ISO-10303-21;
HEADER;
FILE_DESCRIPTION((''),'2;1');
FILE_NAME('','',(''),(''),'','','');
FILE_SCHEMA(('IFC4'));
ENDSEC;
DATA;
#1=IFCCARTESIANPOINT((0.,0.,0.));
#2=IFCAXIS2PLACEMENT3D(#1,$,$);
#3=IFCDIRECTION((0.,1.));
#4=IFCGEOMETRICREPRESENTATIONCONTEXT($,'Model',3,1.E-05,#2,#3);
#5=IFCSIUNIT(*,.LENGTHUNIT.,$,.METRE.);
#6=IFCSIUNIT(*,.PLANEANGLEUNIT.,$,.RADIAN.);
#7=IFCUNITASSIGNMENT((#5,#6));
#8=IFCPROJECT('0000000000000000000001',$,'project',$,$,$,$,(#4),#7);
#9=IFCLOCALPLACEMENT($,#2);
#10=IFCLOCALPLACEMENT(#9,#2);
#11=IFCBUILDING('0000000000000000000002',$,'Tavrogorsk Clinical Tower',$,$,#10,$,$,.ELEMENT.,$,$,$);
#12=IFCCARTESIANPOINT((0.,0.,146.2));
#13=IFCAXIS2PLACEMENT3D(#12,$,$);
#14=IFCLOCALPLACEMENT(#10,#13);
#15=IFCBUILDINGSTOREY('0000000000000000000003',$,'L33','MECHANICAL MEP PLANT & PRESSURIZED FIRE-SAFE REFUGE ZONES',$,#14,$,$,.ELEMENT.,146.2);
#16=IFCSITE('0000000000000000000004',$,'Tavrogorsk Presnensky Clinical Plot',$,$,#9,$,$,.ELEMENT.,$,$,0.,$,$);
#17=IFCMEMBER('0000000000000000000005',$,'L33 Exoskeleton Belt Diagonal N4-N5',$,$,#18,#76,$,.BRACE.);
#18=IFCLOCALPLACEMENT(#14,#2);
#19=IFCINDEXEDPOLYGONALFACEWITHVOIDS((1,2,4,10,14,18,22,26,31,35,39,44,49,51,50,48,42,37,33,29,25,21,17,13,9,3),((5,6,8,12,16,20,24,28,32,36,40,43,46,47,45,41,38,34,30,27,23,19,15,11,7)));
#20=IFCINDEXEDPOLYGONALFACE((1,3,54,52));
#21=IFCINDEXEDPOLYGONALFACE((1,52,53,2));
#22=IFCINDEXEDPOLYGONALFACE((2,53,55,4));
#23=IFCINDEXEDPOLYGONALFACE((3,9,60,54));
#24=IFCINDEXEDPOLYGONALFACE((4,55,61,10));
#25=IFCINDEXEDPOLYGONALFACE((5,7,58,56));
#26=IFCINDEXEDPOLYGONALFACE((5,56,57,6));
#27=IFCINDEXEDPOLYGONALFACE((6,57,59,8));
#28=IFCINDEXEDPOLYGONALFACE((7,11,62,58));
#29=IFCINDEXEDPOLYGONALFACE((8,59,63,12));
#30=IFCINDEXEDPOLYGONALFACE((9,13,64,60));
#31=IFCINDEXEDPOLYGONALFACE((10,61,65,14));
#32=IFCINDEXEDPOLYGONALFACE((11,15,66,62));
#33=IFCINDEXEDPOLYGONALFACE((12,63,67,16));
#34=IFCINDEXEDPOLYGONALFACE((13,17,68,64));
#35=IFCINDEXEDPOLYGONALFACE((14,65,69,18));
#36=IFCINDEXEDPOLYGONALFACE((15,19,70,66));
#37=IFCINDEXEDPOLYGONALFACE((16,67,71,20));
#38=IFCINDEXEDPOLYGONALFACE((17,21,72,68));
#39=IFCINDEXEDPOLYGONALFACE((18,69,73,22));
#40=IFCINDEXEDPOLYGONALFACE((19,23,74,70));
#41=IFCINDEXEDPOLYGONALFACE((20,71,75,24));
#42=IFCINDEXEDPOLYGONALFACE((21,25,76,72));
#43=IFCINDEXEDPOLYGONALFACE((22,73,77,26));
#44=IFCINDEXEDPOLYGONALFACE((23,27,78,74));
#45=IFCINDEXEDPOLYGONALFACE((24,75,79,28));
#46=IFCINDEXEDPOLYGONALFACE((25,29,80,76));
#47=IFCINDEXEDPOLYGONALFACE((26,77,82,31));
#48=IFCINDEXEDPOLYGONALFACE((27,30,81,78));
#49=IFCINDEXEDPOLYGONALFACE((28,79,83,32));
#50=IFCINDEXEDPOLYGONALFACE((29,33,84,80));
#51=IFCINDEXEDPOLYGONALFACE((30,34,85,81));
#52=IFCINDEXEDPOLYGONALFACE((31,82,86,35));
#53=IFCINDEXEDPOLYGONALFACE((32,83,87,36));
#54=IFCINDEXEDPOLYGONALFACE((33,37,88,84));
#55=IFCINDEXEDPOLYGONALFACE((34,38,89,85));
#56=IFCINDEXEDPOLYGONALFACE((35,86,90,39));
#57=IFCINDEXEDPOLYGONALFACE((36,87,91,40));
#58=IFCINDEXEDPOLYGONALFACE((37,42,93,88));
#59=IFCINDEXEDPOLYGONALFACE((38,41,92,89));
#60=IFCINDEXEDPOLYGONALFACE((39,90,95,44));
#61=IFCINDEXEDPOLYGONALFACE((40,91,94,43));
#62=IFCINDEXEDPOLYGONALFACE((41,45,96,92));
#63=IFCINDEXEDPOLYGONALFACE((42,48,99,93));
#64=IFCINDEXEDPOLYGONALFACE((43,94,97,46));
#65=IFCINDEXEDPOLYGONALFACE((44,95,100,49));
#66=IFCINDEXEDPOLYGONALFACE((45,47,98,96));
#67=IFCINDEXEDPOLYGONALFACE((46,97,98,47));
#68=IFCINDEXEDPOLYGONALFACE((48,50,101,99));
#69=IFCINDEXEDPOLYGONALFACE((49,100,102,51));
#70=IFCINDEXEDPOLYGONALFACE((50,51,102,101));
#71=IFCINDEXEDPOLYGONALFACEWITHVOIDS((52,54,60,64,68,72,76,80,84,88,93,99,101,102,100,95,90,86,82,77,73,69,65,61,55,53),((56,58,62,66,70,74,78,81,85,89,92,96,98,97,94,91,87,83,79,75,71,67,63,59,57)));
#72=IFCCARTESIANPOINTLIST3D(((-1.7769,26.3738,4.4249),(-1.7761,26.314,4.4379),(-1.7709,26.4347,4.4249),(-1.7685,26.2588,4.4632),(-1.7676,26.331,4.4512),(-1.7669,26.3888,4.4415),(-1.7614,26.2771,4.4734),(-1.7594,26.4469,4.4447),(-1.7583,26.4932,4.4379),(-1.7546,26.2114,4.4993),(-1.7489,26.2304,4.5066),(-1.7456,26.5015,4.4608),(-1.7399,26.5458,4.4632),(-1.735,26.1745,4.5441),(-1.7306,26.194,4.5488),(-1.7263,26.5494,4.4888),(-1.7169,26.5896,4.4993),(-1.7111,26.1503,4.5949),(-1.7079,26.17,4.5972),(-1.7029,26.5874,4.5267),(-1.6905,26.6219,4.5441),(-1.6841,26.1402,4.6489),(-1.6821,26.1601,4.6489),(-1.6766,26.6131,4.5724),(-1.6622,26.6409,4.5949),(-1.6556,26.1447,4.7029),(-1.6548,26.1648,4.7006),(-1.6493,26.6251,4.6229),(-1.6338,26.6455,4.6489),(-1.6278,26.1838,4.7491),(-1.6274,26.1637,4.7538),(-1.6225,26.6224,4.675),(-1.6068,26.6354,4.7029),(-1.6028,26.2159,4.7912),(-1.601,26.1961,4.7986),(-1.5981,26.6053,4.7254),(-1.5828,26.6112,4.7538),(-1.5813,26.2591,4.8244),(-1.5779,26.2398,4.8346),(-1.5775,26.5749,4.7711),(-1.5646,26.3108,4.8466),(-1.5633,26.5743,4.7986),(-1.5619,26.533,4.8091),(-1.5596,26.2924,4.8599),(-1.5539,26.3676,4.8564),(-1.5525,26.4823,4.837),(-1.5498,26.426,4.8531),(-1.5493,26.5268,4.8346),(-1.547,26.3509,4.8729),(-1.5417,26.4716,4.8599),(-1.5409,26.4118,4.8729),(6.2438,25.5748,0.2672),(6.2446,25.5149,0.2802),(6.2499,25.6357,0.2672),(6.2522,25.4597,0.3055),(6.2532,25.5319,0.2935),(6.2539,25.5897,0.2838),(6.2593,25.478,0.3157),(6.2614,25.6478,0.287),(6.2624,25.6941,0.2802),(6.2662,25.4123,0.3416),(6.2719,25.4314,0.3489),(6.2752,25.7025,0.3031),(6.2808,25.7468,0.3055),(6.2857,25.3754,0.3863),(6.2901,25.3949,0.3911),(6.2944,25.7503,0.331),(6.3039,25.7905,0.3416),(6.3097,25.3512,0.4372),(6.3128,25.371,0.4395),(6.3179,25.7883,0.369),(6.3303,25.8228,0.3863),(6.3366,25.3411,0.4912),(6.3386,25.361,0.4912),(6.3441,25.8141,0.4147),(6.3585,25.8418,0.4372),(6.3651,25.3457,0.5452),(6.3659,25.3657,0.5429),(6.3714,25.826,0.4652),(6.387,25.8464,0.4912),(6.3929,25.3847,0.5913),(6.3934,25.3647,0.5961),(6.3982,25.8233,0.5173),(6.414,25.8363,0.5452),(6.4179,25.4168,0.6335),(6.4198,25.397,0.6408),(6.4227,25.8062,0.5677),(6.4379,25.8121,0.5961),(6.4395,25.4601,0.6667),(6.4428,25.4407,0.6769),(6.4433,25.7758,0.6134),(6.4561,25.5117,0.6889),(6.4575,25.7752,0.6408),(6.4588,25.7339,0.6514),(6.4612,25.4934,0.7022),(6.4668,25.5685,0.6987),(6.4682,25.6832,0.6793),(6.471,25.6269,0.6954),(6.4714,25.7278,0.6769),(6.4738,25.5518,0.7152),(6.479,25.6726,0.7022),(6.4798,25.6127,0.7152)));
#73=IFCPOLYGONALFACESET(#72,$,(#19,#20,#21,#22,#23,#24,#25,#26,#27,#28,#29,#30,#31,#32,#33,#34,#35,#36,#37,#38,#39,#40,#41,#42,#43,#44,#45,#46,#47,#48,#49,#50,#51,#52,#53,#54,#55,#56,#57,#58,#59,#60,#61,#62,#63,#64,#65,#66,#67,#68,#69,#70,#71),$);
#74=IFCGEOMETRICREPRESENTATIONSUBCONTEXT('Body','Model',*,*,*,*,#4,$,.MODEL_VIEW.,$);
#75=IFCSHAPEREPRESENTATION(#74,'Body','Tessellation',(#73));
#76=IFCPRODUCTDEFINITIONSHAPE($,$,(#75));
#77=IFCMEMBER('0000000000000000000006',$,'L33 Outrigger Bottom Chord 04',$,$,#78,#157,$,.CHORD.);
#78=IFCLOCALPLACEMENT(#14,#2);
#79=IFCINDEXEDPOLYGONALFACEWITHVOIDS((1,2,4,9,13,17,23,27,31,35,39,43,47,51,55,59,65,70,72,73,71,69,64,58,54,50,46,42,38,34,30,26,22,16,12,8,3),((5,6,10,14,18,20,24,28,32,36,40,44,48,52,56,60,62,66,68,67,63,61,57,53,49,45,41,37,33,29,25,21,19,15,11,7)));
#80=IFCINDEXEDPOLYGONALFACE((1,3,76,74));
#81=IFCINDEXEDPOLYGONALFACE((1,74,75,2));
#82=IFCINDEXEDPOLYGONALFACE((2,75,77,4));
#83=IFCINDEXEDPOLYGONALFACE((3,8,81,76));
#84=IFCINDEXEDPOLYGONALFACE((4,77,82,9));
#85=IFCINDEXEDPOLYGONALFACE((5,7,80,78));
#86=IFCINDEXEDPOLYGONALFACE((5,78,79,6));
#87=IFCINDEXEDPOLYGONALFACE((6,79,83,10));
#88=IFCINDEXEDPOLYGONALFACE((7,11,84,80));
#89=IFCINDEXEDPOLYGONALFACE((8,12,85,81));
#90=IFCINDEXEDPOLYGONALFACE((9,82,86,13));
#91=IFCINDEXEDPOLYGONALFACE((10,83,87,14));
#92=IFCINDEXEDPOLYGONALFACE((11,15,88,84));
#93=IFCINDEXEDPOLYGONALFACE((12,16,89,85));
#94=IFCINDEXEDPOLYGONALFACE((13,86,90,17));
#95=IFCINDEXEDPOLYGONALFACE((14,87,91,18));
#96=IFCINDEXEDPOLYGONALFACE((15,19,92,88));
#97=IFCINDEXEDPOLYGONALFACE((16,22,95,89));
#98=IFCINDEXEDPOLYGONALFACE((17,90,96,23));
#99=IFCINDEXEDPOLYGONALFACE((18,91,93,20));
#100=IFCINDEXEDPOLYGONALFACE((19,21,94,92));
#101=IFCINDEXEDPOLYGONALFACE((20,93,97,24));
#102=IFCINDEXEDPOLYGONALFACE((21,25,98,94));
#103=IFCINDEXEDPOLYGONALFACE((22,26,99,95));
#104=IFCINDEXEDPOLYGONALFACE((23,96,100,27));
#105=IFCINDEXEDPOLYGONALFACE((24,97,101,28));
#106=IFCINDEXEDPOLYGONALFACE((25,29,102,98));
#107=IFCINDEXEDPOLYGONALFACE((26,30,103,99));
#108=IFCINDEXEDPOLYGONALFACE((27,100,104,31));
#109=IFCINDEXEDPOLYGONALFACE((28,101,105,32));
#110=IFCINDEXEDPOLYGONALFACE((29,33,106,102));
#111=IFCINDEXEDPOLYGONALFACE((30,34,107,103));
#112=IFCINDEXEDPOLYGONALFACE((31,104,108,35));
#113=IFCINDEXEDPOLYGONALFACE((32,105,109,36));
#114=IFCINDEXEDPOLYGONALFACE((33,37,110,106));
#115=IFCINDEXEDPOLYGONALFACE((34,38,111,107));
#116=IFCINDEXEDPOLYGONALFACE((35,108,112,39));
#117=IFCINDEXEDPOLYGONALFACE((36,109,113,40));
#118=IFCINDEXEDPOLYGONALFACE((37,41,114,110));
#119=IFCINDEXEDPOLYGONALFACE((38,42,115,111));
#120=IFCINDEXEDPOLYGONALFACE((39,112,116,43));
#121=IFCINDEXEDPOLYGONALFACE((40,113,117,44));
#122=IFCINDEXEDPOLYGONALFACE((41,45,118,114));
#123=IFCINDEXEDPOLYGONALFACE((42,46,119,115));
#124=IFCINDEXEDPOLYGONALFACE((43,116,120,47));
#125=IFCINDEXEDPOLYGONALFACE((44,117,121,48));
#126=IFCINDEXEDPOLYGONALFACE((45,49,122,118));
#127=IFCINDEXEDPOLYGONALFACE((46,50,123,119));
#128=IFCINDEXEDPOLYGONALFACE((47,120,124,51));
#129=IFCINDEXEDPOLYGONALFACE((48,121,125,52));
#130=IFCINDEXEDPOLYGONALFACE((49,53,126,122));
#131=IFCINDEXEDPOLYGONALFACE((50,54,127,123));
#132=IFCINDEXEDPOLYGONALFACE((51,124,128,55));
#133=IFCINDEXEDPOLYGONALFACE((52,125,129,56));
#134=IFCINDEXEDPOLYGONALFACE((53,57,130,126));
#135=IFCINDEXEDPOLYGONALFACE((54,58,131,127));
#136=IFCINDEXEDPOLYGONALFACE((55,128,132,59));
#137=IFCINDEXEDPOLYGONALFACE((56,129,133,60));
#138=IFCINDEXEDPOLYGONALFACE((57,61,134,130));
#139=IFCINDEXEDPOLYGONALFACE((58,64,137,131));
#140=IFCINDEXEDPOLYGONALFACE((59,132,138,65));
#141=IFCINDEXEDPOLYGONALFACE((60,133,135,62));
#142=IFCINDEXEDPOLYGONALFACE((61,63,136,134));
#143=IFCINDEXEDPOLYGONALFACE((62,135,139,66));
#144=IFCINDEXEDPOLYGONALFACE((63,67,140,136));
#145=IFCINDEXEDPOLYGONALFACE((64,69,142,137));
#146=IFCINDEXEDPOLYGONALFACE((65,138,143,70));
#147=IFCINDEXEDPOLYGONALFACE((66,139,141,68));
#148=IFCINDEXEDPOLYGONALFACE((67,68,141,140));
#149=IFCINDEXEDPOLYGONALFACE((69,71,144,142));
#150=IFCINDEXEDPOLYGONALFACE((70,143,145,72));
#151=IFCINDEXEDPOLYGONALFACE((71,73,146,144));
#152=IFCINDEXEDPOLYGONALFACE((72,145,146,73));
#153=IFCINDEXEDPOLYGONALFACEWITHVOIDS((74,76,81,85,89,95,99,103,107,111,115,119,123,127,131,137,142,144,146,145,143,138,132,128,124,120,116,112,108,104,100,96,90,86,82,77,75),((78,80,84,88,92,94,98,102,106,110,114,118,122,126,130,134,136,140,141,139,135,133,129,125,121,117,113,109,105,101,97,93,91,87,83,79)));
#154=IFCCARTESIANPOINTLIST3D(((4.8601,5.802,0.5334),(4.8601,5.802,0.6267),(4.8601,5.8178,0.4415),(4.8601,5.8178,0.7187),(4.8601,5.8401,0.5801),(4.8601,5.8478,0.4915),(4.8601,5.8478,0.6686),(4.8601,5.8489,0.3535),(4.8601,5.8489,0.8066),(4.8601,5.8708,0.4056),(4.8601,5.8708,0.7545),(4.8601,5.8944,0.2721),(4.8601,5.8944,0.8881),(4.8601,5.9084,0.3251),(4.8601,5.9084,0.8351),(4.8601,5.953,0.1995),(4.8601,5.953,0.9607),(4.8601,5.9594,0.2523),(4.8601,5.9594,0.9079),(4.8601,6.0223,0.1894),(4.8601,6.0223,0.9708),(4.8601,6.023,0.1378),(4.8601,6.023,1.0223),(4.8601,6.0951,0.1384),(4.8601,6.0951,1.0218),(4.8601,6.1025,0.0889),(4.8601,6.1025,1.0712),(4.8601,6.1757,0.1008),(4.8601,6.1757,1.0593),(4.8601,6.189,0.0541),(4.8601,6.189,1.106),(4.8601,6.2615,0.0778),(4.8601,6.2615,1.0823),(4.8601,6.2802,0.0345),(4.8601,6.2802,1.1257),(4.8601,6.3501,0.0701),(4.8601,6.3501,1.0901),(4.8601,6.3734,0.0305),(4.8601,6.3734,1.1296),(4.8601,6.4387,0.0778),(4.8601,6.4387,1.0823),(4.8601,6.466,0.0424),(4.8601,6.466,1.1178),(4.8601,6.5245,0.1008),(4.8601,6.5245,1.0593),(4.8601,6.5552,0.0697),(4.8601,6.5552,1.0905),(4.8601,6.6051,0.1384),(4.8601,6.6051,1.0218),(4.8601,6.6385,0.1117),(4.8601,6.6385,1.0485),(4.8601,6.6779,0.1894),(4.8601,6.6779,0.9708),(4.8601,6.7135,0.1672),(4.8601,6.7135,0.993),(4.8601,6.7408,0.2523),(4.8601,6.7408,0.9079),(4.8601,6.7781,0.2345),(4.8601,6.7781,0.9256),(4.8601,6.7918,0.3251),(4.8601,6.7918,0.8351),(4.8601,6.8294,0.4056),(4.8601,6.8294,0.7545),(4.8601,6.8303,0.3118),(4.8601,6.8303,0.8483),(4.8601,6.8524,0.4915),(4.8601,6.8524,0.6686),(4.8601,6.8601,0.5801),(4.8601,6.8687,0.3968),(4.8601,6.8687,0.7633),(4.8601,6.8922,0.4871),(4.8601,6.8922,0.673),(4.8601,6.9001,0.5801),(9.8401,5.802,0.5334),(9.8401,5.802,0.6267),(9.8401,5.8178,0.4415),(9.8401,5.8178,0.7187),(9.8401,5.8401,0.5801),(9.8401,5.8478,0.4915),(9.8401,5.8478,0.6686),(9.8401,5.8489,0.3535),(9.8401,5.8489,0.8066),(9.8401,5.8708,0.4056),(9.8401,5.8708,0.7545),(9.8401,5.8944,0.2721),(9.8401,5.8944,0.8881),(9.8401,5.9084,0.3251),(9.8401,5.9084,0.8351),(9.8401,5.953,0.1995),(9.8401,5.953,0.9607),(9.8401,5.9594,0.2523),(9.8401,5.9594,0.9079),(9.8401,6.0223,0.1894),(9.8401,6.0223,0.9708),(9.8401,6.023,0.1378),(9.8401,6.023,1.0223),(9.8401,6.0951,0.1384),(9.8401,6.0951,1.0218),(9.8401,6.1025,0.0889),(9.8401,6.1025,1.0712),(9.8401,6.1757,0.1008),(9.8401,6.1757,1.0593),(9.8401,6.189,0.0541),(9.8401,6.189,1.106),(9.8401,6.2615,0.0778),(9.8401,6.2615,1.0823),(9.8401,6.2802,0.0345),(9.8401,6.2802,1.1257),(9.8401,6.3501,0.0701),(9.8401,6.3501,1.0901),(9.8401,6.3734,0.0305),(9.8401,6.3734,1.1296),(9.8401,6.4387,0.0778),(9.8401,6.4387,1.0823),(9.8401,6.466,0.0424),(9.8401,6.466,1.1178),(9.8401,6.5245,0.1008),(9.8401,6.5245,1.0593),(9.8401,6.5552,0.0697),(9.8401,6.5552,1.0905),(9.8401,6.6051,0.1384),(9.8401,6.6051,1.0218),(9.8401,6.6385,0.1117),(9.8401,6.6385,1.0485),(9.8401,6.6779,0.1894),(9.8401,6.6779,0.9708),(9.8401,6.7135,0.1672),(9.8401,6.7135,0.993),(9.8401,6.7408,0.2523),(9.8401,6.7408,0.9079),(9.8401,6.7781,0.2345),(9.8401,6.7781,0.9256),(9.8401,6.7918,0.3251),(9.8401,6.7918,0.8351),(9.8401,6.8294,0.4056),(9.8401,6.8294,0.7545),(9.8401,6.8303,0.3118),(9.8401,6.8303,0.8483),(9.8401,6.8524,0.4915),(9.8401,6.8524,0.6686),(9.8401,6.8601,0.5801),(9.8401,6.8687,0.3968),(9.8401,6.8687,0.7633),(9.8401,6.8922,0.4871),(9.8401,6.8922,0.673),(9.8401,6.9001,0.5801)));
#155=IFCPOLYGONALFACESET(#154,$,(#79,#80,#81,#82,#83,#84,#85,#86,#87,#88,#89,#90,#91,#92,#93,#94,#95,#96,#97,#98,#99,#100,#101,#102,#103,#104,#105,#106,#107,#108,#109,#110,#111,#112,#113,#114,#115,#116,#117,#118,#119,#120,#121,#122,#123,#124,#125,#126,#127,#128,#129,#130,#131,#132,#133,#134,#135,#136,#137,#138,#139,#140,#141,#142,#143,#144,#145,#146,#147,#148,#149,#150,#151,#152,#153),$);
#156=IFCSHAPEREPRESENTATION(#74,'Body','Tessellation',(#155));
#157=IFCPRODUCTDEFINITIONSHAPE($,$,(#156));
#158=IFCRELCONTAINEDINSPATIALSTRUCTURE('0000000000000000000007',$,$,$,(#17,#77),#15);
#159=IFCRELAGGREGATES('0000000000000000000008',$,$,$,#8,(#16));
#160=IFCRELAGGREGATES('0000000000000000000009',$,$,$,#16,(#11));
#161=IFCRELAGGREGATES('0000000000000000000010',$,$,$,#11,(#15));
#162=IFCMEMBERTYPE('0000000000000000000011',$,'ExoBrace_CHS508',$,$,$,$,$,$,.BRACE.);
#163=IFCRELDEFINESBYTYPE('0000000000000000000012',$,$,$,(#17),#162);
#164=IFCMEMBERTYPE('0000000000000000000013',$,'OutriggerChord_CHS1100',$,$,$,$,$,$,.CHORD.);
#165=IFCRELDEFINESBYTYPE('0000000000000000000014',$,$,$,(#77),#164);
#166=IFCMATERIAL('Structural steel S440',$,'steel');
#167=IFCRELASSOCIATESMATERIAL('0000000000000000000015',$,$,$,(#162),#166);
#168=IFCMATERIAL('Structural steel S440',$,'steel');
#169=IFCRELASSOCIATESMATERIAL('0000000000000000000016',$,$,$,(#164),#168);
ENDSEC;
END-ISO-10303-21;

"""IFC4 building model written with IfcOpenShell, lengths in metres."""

from ifc_helpers import new_model, si_unit, direction, frame, origin, origin_2d, place, context, subcontext, project, spatial, hollow_circle, extrude, material, material_profile, profile_set, type_object, element, save


model = new_model("IFC4")

# Units and contexts
model_context = context("Model", 3, precision=1e-05, world=origin(), true_north=direction((0.0, 1.0)))
body_context = subcontext(model_context, "Body", "Model", "MODEL_VIEW")
ifc_project = project(units=[si_unit("LENGTHUNIT", "METRE"), si_unit("PLANEANGLEUNIT", "RADIAN")], contexts=[model_context])

# Site, building, storey
site_placement = place(None, origin())
site = spatial("IfcSite", under=ifc_project, at=site_placement, Name="Tavrogorsk Presnensky Clinical Plot", CompositionType="ELEMENT", RefElevation=0.0)
building_placement = place(site_placement, origin())
building = spatial("IfcBuilding", under=site, at=building_placement, Name="Tavrogorsk Clinical Tower", CompositionType="ELEMENT")
storey_placement = place(building_placement, frame((0.0, 0.0, 146.2)))
storey = spatial("IfcBuildingStorey", under=building, at=storey_placement, Name="L33", Description="MECHANICAL MEP PLANT & PRESSURIZED FIRE-SAFE REFUGE ZONES", CompositionType="ELEMENT", Elevation=146.2)

# Members
ifc_material_1 = material(Name="Structural steel S440", Category="steel")
ifc_material_profile_1 = material_profile(ifc_material_1, hollow_circle(Radius=0.2539, WallThickness=0.02, at=origin_2d()), Name="CHS-508x20")
ifc_profile_set_1 = profile_set([ifc_material_profile_1], Name="Structural steel S440")
member_type_1 = type_object("IfcMemberType", Name="ExoBrace_CHS508", PredefinedType="BRACE", material=ifc_profile_set_1)
member_1_placement = place(storey_placement, frame((6.3618, 25.5938, 0.4912), z_axis=(-0.884356, 0.088105, 0.458423), x_axis=(-0.099135, -0.995074, 0.0)))
element("IfcMember", 1, at=member_1_placement, inside=storey, type_object=member_type_1, Name="L33 Exoskeleton Belt Diagonal N4-N5", PredefinedType="BRACE", context=body_context, shape_type="SweptSolid", body=[
    extrude(hollow_circle(Radius=0.2539, WallThickness=0.02, at=origin_2d()), origin(), (0.0, 0.0, 1.0), 9.0696),
])
ifc_material_2 = material(Name="Structural steel S440", Category="steel")
ifc_material_profile_2 = material_profile(ifc_material_2, hollow_circle(Radius=0.55, WallThickness=0.04, at=origin_2d()), Name="CHS-1100x40")
ifc_profile_set_2 = profile_set([ifc_material_profile_2], Name="Structural steel S440")
member_type_2 = type_object("IfcMemberType", Name="OutriggerChord_CHS1100", PredefinedType="CHORD", material=ifc_profile_set_2)
member_2_placement = place(storey_placement, frame((4.8601, 6.3501, 0.5801), z_axis=(1.0, 0.0, 0.0), x_axis=(0.0, 1.0, 0.0)))
element("IfcMember", 2, at=member_2_placement, inside=storey, type_object=member_type_2, Name="L33 Outrigger Bottom Chord 04", PredefinedType="CHORD", context=body_context, shape_type="SweptSolid", body=[
    extrude(hollow_circle(Radius=0.55, WallThickness=0.04, at=origin_2d()), origin(), (0.0, 0.0, 1.0), 4.98),
])

save(model, "model.ifc")
